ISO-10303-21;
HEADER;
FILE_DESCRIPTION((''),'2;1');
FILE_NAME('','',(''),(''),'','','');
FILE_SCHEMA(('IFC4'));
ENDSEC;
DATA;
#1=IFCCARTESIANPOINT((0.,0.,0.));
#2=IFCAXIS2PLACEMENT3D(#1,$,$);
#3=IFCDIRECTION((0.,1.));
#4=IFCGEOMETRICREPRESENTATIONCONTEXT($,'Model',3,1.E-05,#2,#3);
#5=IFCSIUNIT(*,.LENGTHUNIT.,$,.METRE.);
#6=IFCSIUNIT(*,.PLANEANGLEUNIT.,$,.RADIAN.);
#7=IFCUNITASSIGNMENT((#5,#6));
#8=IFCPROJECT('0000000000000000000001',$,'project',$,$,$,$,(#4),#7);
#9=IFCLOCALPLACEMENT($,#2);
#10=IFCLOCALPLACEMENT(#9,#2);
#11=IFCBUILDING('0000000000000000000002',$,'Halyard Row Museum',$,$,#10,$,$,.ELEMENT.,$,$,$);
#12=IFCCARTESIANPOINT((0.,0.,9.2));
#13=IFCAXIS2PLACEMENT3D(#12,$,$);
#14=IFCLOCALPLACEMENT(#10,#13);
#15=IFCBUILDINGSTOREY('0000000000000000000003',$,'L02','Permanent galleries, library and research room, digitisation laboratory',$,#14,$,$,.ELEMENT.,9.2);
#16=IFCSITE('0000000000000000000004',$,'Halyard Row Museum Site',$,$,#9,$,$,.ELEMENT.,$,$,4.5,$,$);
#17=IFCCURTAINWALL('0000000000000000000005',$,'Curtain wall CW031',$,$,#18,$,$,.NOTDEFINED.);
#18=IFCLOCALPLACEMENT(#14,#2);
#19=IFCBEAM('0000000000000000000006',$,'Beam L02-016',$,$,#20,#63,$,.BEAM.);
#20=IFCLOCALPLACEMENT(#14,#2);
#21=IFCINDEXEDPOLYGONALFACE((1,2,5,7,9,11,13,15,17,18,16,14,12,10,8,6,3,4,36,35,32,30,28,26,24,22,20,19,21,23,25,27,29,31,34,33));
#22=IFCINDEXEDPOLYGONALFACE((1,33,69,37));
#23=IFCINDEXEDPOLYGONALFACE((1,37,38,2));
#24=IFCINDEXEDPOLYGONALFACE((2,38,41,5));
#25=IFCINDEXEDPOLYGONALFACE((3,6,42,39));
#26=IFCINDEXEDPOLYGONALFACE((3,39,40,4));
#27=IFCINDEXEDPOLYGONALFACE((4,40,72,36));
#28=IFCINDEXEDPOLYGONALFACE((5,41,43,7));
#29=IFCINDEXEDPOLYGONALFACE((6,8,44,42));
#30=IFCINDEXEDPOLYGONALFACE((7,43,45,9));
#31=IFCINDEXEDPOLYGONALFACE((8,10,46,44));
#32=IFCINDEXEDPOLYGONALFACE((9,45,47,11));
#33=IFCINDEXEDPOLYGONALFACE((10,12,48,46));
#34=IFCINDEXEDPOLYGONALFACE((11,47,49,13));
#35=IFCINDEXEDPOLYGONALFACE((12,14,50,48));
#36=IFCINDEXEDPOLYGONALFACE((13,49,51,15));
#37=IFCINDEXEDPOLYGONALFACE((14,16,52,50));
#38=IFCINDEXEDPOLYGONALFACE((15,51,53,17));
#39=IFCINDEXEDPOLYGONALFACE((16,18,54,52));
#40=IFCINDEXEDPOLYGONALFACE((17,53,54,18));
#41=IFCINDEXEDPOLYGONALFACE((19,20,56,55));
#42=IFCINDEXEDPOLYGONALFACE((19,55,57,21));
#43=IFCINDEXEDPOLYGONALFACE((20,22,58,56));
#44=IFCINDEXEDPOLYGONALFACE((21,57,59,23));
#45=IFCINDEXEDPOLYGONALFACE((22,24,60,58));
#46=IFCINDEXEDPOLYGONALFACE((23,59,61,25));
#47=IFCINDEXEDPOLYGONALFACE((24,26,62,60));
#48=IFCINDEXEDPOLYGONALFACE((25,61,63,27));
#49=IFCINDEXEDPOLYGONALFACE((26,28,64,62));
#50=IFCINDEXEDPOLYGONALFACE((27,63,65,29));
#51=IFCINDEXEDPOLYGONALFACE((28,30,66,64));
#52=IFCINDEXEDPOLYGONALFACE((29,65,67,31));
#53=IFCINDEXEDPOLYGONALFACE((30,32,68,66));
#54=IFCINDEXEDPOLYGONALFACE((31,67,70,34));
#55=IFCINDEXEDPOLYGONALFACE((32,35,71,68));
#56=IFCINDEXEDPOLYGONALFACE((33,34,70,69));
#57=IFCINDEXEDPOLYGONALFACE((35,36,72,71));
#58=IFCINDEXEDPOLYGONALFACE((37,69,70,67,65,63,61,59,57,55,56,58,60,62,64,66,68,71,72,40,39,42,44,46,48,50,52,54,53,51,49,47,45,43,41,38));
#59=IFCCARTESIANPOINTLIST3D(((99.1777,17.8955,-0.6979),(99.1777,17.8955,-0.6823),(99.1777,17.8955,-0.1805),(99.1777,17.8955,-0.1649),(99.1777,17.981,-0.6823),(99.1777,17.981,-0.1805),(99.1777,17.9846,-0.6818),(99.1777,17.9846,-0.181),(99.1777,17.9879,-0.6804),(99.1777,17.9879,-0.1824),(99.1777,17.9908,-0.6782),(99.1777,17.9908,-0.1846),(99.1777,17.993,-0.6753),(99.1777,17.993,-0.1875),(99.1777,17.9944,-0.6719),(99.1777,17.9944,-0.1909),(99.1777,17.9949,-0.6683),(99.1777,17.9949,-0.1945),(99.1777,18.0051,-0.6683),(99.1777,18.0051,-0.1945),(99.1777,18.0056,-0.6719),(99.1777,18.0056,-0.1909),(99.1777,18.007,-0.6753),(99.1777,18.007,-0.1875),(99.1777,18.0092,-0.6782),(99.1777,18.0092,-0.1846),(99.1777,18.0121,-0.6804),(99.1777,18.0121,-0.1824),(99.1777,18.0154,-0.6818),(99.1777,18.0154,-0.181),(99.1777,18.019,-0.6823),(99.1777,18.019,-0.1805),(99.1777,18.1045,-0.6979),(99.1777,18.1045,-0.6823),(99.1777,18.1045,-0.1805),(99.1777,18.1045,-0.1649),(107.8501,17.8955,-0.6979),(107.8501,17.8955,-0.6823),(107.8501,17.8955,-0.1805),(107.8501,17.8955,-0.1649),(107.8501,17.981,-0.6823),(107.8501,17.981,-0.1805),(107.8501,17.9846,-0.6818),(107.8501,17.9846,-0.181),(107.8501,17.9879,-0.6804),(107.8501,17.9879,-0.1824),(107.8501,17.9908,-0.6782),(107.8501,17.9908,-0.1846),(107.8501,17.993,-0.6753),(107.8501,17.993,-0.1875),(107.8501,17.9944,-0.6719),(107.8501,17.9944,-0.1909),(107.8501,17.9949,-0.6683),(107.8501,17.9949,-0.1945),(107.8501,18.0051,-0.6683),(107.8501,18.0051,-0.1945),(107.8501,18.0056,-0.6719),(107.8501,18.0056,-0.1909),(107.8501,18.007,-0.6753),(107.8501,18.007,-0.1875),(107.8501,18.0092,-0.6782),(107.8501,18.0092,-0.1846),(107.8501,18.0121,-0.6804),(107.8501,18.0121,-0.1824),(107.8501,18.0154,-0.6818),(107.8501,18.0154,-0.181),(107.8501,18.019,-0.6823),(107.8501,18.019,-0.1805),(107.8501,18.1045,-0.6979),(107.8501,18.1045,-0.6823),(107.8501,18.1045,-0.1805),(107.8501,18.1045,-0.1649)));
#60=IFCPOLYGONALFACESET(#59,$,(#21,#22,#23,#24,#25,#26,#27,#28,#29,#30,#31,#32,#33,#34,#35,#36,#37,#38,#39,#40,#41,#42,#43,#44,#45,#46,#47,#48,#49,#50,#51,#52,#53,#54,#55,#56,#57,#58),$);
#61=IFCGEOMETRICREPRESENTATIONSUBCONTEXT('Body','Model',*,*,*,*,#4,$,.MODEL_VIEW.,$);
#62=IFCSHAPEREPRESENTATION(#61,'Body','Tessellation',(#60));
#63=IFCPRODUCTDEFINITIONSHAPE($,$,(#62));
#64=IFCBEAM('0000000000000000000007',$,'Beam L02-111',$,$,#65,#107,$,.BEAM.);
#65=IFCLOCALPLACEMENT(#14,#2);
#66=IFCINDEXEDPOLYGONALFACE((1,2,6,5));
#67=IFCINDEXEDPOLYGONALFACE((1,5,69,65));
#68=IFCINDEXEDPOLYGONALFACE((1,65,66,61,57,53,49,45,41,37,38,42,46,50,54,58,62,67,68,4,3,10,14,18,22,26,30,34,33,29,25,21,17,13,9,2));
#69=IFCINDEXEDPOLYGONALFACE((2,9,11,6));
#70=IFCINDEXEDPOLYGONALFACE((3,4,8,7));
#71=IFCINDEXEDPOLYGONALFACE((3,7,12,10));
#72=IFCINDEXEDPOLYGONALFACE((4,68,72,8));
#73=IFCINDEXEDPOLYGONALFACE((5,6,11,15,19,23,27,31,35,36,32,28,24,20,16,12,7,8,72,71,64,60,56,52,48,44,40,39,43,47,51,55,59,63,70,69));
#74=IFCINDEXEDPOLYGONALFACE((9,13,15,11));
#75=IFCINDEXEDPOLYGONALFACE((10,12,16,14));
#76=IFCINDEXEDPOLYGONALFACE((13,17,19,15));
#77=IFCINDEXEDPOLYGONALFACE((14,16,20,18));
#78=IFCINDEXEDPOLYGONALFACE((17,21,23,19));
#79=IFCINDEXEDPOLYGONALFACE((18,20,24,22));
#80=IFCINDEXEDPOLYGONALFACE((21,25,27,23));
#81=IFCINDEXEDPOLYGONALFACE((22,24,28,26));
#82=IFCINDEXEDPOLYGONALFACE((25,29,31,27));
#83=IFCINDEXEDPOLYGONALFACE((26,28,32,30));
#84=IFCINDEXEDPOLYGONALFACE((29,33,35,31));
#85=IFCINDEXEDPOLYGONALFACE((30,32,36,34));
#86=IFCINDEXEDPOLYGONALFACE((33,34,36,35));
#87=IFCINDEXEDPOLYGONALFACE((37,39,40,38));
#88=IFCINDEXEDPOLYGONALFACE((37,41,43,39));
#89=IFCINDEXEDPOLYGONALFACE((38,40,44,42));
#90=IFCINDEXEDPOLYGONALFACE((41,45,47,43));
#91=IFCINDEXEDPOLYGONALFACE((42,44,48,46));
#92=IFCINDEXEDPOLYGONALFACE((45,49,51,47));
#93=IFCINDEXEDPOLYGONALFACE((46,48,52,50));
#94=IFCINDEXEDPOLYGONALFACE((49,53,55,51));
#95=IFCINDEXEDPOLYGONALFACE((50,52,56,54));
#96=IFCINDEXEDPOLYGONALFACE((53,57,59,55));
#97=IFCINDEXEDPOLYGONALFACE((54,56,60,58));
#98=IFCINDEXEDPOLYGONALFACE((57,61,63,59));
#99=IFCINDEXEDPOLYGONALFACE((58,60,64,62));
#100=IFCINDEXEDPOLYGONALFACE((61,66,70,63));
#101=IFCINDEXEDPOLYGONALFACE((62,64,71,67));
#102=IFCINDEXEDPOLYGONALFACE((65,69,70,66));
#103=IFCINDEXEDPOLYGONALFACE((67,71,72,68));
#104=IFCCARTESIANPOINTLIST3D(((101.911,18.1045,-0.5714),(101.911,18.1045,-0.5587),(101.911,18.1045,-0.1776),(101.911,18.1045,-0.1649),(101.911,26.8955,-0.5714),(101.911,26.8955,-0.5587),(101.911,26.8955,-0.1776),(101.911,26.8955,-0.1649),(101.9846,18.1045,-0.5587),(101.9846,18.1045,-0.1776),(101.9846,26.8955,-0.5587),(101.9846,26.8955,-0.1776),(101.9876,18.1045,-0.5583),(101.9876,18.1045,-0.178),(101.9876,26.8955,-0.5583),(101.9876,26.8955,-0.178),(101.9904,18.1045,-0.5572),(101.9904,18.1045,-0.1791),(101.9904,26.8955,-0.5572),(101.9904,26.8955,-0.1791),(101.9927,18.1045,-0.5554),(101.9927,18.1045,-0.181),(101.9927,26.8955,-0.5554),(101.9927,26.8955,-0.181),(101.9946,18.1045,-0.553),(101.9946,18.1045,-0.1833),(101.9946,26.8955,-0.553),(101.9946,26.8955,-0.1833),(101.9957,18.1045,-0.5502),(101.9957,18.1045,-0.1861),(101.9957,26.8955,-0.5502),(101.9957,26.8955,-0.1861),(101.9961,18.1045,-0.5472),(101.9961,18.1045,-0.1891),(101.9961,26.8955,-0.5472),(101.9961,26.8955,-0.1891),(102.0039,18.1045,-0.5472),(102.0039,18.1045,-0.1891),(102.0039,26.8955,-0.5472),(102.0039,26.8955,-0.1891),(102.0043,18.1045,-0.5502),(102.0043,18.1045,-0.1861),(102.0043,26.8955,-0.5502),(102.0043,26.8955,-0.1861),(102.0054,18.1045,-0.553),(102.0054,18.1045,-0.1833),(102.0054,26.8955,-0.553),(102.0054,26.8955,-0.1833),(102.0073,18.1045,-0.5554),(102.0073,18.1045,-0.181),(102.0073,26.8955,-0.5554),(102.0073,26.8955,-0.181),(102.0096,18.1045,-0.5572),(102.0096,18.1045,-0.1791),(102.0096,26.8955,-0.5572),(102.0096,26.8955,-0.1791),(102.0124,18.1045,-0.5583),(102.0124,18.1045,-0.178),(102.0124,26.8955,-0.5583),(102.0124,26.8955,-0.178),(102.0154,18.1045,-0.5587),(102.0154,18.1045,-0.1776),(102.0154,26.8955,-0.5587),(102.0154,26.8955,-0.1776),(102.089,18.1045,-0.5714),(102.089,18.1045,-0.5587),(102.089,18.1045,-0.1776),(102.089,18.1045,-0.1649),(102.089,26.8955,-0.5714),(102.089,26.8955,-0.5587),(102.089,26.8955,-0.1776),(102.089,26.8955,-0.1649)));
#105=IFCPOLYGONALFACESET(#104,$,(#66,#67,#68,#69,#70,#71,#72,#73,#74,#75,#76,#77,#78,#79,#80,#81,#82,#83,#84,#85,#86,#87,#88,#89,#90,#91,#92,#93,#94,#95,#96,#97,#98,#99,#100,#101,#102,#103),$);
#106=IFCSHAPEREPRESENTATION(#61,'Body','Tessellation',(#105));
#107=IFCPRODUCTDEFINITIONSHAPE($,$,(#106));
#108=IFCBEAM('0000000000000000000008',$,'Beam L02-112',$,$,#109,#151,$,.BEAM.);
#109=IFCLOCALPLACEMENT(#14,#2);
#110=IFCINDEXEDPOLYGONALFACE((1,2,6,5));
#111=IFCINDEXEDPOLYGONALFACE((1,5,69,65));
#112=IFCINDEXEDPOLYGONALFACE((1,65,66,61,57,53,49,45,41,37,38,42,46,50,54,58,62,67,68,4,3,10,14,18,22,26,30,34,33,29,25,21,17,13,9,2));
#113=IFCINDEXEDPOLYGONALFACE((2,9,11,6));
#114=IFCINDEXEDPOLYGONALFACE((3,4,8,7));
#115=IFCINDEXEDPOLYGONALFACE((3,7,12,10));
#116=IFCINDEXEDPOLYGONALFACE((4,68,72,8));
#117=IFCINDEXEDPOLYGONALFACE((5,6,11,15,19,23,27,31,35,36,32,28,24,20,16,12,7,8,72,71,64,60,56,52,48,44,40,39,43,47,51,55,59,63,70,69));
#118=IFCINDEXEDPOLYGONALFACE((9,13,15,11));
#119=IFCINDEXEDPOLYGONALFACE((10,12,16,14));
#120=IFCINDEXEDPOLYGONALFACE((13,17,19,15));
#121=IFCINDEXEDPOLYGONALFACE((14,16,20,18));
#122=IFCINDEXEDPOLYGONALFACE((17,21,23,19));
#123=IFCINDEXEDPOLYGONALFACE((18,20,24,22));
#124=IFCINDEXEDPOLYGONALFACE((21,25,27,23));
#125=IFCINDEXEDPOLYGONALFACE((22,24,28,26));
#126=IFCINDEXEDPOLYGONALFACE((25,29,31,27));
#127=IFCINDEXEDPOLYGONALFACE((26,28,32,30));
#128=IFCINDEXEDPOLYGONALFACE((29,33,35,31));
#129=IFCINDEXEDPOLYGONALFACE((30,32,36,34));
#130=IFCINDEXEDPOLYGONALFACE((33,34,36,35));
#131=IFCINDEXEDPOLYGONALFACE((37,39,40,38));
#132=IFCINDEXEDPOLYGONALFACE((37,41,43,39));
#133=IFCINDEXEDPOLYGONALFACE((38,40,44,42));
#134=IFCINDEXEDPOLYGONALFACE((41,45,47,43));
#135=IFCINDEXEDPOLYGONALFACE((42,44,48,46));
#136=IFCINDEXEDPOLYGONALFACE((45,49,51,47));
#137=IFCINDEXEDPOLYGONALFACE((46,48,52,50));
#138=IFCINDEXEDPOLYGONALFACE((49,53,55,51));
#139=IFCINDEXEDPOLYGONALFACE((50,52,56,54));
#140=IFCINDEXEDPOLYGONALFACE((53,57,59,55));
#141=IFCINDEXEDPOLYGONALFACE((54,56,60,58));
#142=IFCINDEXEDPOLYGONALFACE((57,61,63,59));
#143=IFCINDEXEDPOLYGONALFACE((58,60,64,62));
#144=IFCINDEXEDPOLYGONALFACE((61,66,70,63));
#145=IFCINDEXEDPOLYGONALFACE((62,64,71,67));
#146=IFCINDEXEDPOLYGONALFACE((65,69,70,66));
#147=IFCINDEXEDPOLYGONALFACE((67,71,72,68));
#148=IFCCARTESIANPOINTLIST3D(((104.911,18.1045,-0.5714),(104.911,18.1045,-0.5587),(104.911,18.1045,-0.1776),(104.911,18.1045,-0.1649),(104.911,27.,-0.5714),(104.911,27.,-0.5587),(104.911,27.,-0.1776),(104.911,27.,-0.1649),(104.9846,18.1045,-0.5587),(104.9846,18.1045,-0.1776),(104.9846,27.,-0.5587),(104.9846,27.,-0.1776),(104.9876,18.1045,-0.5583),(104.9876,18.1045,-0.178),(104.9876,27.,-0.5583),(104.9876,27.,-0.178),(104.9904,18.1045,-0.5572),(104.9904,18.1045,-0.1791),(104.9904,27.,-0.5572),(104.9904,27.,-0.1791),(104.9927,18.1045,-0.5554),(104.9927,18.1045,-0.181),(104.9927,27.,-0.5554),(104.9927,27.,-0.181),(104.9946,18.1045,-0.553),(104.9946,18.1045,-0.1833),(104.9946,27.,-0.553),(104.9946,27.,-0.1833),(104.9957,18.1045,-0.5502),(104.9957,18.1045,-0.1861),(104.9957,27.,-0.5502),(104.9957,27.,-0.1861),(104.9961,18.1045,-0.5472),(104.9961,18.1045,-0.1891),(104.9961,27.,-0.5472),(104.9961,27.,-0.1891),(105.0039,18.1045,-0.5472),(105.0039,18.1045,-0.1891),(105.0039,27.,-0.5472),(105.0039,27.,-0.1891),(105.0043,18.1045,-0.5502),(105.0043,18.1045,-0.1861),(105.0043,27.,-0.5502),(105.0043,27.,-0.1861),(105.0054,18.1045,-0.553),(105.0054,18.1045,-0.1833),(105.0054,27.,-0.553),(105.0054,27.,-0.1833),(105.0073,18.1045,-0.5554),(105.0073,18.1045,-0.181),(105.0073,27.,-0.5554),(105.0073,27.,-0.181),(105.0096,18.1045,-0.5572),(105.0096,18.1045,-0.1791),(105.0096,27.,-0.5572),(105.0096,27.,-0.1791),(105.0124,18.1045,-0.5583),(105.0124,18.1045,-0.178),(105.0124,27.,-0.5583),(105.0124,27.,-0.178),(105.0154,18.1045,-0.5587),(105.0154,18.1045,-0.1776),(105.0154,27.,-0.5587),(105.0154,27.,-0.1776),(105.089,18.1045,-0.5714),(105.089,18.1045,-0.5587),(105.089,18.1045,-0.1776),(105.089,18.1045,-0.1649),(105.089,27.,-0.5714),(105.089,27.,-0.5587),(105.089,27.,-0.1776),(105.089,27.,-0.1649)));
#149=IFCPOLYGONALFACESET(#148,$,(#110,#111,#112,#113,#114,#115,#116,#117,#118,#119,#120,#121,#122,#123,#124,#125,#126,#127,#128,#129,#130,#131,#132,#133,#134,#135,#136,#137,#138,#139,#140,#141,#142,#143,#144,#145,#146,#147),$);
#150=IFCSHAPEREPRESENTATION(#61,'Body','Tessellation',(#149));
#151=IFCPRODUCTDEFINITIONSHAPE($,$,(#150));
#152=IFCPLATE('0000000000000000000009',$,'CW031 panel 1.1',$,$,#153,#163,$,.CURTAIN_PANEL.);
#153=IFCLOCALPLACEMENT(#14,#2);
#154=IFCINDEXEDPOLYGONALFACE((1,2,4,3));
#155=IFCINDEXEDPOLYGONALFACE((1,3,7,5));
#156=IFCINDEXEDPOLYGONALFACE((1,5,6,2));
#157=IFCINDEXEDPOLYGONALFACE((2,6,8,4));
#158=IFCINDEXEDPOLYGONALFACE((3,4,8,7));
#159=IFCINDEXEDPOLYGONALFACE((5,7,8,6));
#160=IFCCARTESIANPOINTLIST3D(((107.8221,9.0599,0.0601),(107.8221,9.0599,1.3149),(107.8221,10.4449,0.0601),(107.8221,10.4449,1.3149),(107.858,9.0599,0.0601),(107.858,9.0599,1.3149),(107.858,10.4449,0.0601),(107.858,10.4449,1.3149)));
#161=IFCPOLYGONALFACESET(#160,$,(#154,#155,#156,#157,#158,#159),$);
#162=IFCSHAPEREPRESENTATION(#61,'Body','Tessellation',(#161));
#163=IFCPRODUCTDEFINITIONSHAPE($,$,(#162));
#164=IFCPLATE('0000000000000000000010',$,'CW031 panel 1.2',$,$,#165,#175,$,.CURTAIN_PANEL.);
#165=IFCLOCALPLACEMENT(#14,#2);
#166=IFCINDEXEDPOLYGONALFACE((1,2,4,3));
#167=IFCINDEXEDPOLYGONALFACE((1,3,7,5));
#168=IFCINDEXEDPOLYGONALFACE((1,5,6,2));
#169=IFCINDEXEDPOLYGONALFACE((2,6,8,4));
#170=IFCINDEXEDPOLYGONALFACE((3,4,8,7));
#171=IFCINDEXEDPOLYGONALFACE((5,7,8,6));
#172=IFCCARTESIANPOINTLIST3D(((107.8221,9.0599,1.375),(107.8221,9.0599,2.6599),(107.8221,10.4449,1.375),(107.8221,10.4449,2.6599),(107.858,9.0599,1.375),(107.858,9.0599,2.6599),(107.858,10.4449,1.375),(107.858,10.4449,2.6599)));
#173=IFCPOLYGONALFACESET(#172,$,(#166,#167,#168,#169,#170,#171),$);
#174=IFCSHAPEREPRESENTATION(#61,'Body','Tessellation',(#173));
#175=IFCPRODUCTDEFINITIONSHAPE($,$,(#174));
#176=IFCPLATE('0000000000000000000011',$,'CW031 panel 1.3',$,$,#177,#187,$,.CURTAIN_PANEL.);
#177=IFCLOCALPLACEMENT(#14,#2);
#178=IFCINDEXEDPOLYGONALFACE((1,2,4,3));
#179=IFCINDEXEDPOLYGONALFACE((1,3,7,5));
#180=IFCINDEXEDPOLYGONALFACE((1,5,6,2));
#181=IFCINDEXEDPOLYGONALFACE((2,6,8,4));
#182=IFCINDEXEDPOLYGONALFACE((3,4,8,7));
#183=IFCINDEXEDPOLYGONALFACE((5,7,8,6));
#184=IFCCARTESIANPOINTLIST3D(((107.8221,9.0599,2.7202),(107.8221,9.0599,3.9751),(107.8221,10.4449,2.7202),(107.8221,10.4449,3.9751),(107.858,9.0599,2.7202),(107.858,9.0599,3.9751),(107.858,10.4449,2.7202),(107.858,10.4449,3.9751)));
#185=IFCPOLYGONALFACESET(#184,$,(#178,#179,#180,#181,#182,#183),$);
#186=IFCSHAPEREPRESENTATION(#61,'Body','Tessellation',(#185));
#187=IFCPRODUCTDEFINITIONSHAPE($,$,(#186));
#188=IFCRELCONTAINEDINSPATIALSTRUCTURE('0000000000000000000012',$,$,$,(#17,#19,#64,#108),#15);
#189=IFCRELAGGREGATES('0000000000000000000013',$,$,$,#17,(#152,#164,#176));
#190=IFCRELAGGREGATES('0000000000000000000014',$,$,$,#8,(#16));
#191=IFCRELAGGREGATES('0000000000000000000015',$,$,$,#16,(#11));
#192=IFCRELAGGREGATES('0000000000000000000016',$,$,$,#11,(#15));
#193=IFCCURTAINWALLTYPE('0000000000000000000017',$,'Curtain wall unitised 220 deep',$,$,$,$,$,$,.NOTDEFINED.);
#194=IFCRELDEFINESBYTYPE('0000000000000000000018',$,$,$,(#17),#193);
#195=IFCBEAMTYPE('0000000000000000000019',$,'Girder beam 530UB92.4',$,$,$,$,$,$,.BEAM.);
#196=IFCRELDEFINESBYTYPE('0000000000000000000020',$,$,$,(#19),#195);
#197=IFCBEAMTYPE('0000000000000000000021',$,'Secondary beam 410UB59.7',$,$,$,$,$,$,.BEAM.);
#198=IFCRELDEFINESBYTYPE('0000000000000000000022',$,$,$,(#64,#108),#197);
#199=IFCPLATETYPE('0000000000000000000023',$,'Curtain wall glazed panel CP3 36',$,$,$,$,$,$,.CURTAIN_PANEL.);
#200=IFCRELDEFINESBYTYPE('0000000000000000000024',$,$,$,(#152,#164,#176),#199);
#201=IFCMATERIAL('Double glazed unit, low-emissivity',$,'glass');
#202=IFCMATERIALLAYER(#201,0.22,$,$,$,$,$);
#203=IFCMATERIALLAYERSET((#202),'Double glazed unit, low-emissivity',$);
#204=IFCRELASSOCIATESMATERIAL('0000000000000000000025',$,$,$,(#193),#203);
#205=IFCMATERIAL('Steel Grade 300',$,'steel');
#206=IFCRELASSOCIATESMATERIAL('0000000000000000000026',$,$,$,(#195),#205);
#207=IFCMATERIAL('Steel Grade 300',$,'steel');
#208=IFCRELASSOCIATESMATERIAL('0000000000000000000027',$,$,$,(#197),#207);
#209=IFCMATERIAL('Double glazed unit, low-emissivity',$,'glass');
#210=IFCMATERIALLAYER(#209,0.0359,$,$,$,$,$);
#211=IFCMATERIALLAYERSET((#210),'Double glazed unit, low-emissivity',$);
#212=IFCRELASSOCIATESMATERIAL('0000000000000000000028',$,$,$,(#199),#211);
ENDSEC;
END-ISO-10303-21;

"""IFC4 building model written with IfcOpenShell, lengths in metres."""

from ifc_helpers import new_model, si_unit, direction, frame, origin, origin_2d, place, context, subcontext, project, spatial, rectangle, i_section, extrude, material, layer, layer_set, material_profile, profile_set, type_object, element, aggregate, save


model = new_model("IFC4")

# Units and contexts
model_context = context("Model", 3, precision=1e-05, world=origin(), true_north=direction((0.0, 1.0)))
body_context = subcontext(model_context, "Body", "Model", "MODEL_VIEW")
ifc_project = project(units=[si_unit("LENGTHUNIT", "METRE"), si_unit("PLANEANGLEUNIT", "RADIAN")], contexts=[model_context])

# Site, building, storey
site_placement = place(None, origin())
site = spatial("IfcSite", under=ifc_project, at=site_placement, Name="Halyard Row Museum Site", CompositionType="ELEMENT", RefElevation=4.5)
building_placement = place(site_placement, origin())
building = spatial("IfcBuilding", under=site, at=building_placement, Name="Halyard Row Museum", CompositionType="ELEMENT")
storey_placement = place(building_placement, frame((0.0, 0.0, 9.2)))
storey = spatial("IfcBuildingStorey", under=building, at=storey_placement, Name="L02", Description="Permanent galleries, library and research room, digitisation laboratory", CompositionType="ELEMENT", Elevation=9.2)

# Curtain wall
ifc_material_1 = material(Name="Double glazed unit, low-emissivity", Category="glass")
ifc_layer_1 = layer(ifc_material_1, 0.22)
ifc_layer_set_1 = layer_set([ifc_layer_1], Name="Double glazed unit, low-emissivity")
curtain_wall_type_1 = type_object("IfcCurtainWallType", Name="Curtain wall unitised 220 deep", PredefinedType="NOTDEFINED", material=ifc_layer_set_1)
curtain_wall_1_placement = place(storey_placement, origin())
curtain_wall_1 = element("IfcCurtainWall", 1, at=curtain_wall_1_placement, inside=storey, type_object=curtain_wall_type_1, Name="Curtain wall CW031", PredefinedType="NOTDEFINED")

# Beams
ifc_material_2 = material(Name="Steel Grade 300", Category="steel")
ifc_material_profile_1 = material_profile(ifc_material_2, i_section(OverallWidth=0.209, OverallDepth=0.533, WebThickness=0.0103, FlangeThickness=0.0156, FilletRadius=0.0139, at=origin_2d()), Name="530UB92.4")
ifc_profile_set_1 = profile_set([ifc_material_profile_1], Name="Steel Grade 300")
beam_type_1 = type_object("IfcBeamType", Name="Girder beam 530UB92.4", PredefinedType="BEAM", material=ifc_profile_set_1)
beam_1_placement = place(storey_placement, frame((99.1777, 18.0, -0.4314), z_axis=(1.0, 0.0, 0.0), x_axis=(0.0, 1.0, 0.0)))
element("IfcBeam", 2, at=beam_1_placement, inside=storey, type_object=beam_type_1, Name="Beam L02-016", PredefinedType="BEAM", context=body_context, shape_type="SweptSolid", body=[
    extrude(i_section(OverallWidth=0.209, OverallDepth=0.533, WebThickness=0.0103, FlangeThickness=0.0156, FilletRadius=0.0139, at=origin_2d()), origin(), (0.0, 0.0, 1.0), 8.6724),
])
ifc_material_3 = material(Name="Steel Grade 300", Category="steel")
ifc_material_profile_2 = material_profile(ifc_material_3, i_section(OverallWidth=0.178, OverallDepth=0.4065, WebThickness=0.0078, FlangeThickness=0.0127, FilletRadius=0.0115, at=origin_2d()), Name="410UB59.7")
ifc_profile_set_2 = profile_set([ifc_material_profile_2], Name="Steel Grade 300")
beam_type_2 = type_object("IfcBeamType", Name="Secondary beam 410UB59.7", PredefinedType="BEAM", material=ifc_profile_set_2)
beam_2_placement = place(storey_placement, frame((102.0, 18.1045, -0.3682), z_axis=(0.0, 1.0, 0.0), x_axis=(-1.0, 0.0, 0.0)))
element("IfcBeam", 3, at=beam_2_placement, inside=storey, type_object=beam_type_2, Name="Beam L02-111", PredefinedType="BEAM", context=body_context, shape_type="SweptSolid", body=[
    extrude(i_section(OverallWidth=0.178, OverallDepth=0.4065, WebThickness=0.0078, FlangeThickness=0.0127, FilletRadius=0.0115, at=origin_2d()), origin(), (0.0, 0.0, 1.0), 8.791),
])
beam_3_placement = place(storey_placement, frame((105.0, 18.1045, -0.3682), z_axis=(0.0, 1.0, 0.0), x_axis=(-1.0, 0.0, 0.0)))
element("IfcBeam", 4, at=beam_3_placement, inside=storey, type_object=beam_type_2, Name="Beam L02-112", PredefinedType="BEAM", context=body_context, shape_type="SweptSolid", body=[
    extrude(i_section(OverallWidth=0.178, OverallDepth=0.4065, WebThickness=0.0078, FlangeThickness=0.0127, FilletRadius=0.0115, at=origin_2d()), origin(), (0.0, 0.0, 1.0), 8.8955),
])

# Plates
ifc_material_4 = material(Name="Double glazed unit, low-emissivity", Category="glass")
ifc_layer_2 = layer(ifc_material_4, 0.0359)
ifc_layer_set_2 = layer_set([ifc_layer_2], Name="Double glazed unit, low-emissivity")
plate_type_1 = type_object("IfcPlateType", Name="Curtain wall glazed panel CP3 36", PredefinedType="CURTAIN_PANEL", material=ifc_layer_set_2)
plate_1_placement = place(storey_placement, frame((107.8401, 9.7524, 0.0601), z_axis=(0.0, 0.0, 1.0), x_axis=(0.0, 1.0, 0.0)))
plate_1 = element("IfcPlate", 5, at=plate_1_placement, type_object=plate_type_1, Name="CW031 panel 1.1", PredefinedType="CURTAIN_PANEL", context=body_context, shape_type="SweptSolid", body=[
    extrude(rectangle(XDim=1.385, YDim=0.0359, at=origin_2d()), origin(), (0.0, 0.0, 1.0), 1.2549),
])
plate_2_placement = place(storey_placement, frame((107.8401, 9.7524, 1.375), z_axis=(0.0, 0.0, 1.0), x_axis=(0.0, 1.0, 0.0)))
plate_2 = element("IfcPlate", 6, at=plate_2_placement, type_object=plate_type_1, Name="CW031 panel 1.2", PredefinedType="CURTAIN_PANEL", context=body_context, shape_type="SweptSolid", body=[
    extrude(rectangle(XDim=1.385, YDim=0.0359, at=origin_2d()), origin(), (0.0, 0.0, 1.0), 1.2849),
])
plate_3_placement = place(storey_placement, frame((107.8401, 9.7524, 2.7202), z_axis=(0.0, 0.0, 1.0), x_axis=(0.0, 1.0, 0.0)))
plate_3 = element("IfcPlate", 7, at=plate_3_placement, type_object=plate_type_1, Name="CW031 panel 1.3", PredefinedType="CURTAIN_PANEL", context=body_context, shape_type="SweptSolid", body=[
    extrude(rectangle(XDim=1.385, YDim=0.0359, at=origin_2d()), origin(), (0.0, 0.0, 1.0), 1.2549),
])
aggregate(curtain_wall_1, [plate_1, plate_2, plate_3])

save(model, "model.ifc")
